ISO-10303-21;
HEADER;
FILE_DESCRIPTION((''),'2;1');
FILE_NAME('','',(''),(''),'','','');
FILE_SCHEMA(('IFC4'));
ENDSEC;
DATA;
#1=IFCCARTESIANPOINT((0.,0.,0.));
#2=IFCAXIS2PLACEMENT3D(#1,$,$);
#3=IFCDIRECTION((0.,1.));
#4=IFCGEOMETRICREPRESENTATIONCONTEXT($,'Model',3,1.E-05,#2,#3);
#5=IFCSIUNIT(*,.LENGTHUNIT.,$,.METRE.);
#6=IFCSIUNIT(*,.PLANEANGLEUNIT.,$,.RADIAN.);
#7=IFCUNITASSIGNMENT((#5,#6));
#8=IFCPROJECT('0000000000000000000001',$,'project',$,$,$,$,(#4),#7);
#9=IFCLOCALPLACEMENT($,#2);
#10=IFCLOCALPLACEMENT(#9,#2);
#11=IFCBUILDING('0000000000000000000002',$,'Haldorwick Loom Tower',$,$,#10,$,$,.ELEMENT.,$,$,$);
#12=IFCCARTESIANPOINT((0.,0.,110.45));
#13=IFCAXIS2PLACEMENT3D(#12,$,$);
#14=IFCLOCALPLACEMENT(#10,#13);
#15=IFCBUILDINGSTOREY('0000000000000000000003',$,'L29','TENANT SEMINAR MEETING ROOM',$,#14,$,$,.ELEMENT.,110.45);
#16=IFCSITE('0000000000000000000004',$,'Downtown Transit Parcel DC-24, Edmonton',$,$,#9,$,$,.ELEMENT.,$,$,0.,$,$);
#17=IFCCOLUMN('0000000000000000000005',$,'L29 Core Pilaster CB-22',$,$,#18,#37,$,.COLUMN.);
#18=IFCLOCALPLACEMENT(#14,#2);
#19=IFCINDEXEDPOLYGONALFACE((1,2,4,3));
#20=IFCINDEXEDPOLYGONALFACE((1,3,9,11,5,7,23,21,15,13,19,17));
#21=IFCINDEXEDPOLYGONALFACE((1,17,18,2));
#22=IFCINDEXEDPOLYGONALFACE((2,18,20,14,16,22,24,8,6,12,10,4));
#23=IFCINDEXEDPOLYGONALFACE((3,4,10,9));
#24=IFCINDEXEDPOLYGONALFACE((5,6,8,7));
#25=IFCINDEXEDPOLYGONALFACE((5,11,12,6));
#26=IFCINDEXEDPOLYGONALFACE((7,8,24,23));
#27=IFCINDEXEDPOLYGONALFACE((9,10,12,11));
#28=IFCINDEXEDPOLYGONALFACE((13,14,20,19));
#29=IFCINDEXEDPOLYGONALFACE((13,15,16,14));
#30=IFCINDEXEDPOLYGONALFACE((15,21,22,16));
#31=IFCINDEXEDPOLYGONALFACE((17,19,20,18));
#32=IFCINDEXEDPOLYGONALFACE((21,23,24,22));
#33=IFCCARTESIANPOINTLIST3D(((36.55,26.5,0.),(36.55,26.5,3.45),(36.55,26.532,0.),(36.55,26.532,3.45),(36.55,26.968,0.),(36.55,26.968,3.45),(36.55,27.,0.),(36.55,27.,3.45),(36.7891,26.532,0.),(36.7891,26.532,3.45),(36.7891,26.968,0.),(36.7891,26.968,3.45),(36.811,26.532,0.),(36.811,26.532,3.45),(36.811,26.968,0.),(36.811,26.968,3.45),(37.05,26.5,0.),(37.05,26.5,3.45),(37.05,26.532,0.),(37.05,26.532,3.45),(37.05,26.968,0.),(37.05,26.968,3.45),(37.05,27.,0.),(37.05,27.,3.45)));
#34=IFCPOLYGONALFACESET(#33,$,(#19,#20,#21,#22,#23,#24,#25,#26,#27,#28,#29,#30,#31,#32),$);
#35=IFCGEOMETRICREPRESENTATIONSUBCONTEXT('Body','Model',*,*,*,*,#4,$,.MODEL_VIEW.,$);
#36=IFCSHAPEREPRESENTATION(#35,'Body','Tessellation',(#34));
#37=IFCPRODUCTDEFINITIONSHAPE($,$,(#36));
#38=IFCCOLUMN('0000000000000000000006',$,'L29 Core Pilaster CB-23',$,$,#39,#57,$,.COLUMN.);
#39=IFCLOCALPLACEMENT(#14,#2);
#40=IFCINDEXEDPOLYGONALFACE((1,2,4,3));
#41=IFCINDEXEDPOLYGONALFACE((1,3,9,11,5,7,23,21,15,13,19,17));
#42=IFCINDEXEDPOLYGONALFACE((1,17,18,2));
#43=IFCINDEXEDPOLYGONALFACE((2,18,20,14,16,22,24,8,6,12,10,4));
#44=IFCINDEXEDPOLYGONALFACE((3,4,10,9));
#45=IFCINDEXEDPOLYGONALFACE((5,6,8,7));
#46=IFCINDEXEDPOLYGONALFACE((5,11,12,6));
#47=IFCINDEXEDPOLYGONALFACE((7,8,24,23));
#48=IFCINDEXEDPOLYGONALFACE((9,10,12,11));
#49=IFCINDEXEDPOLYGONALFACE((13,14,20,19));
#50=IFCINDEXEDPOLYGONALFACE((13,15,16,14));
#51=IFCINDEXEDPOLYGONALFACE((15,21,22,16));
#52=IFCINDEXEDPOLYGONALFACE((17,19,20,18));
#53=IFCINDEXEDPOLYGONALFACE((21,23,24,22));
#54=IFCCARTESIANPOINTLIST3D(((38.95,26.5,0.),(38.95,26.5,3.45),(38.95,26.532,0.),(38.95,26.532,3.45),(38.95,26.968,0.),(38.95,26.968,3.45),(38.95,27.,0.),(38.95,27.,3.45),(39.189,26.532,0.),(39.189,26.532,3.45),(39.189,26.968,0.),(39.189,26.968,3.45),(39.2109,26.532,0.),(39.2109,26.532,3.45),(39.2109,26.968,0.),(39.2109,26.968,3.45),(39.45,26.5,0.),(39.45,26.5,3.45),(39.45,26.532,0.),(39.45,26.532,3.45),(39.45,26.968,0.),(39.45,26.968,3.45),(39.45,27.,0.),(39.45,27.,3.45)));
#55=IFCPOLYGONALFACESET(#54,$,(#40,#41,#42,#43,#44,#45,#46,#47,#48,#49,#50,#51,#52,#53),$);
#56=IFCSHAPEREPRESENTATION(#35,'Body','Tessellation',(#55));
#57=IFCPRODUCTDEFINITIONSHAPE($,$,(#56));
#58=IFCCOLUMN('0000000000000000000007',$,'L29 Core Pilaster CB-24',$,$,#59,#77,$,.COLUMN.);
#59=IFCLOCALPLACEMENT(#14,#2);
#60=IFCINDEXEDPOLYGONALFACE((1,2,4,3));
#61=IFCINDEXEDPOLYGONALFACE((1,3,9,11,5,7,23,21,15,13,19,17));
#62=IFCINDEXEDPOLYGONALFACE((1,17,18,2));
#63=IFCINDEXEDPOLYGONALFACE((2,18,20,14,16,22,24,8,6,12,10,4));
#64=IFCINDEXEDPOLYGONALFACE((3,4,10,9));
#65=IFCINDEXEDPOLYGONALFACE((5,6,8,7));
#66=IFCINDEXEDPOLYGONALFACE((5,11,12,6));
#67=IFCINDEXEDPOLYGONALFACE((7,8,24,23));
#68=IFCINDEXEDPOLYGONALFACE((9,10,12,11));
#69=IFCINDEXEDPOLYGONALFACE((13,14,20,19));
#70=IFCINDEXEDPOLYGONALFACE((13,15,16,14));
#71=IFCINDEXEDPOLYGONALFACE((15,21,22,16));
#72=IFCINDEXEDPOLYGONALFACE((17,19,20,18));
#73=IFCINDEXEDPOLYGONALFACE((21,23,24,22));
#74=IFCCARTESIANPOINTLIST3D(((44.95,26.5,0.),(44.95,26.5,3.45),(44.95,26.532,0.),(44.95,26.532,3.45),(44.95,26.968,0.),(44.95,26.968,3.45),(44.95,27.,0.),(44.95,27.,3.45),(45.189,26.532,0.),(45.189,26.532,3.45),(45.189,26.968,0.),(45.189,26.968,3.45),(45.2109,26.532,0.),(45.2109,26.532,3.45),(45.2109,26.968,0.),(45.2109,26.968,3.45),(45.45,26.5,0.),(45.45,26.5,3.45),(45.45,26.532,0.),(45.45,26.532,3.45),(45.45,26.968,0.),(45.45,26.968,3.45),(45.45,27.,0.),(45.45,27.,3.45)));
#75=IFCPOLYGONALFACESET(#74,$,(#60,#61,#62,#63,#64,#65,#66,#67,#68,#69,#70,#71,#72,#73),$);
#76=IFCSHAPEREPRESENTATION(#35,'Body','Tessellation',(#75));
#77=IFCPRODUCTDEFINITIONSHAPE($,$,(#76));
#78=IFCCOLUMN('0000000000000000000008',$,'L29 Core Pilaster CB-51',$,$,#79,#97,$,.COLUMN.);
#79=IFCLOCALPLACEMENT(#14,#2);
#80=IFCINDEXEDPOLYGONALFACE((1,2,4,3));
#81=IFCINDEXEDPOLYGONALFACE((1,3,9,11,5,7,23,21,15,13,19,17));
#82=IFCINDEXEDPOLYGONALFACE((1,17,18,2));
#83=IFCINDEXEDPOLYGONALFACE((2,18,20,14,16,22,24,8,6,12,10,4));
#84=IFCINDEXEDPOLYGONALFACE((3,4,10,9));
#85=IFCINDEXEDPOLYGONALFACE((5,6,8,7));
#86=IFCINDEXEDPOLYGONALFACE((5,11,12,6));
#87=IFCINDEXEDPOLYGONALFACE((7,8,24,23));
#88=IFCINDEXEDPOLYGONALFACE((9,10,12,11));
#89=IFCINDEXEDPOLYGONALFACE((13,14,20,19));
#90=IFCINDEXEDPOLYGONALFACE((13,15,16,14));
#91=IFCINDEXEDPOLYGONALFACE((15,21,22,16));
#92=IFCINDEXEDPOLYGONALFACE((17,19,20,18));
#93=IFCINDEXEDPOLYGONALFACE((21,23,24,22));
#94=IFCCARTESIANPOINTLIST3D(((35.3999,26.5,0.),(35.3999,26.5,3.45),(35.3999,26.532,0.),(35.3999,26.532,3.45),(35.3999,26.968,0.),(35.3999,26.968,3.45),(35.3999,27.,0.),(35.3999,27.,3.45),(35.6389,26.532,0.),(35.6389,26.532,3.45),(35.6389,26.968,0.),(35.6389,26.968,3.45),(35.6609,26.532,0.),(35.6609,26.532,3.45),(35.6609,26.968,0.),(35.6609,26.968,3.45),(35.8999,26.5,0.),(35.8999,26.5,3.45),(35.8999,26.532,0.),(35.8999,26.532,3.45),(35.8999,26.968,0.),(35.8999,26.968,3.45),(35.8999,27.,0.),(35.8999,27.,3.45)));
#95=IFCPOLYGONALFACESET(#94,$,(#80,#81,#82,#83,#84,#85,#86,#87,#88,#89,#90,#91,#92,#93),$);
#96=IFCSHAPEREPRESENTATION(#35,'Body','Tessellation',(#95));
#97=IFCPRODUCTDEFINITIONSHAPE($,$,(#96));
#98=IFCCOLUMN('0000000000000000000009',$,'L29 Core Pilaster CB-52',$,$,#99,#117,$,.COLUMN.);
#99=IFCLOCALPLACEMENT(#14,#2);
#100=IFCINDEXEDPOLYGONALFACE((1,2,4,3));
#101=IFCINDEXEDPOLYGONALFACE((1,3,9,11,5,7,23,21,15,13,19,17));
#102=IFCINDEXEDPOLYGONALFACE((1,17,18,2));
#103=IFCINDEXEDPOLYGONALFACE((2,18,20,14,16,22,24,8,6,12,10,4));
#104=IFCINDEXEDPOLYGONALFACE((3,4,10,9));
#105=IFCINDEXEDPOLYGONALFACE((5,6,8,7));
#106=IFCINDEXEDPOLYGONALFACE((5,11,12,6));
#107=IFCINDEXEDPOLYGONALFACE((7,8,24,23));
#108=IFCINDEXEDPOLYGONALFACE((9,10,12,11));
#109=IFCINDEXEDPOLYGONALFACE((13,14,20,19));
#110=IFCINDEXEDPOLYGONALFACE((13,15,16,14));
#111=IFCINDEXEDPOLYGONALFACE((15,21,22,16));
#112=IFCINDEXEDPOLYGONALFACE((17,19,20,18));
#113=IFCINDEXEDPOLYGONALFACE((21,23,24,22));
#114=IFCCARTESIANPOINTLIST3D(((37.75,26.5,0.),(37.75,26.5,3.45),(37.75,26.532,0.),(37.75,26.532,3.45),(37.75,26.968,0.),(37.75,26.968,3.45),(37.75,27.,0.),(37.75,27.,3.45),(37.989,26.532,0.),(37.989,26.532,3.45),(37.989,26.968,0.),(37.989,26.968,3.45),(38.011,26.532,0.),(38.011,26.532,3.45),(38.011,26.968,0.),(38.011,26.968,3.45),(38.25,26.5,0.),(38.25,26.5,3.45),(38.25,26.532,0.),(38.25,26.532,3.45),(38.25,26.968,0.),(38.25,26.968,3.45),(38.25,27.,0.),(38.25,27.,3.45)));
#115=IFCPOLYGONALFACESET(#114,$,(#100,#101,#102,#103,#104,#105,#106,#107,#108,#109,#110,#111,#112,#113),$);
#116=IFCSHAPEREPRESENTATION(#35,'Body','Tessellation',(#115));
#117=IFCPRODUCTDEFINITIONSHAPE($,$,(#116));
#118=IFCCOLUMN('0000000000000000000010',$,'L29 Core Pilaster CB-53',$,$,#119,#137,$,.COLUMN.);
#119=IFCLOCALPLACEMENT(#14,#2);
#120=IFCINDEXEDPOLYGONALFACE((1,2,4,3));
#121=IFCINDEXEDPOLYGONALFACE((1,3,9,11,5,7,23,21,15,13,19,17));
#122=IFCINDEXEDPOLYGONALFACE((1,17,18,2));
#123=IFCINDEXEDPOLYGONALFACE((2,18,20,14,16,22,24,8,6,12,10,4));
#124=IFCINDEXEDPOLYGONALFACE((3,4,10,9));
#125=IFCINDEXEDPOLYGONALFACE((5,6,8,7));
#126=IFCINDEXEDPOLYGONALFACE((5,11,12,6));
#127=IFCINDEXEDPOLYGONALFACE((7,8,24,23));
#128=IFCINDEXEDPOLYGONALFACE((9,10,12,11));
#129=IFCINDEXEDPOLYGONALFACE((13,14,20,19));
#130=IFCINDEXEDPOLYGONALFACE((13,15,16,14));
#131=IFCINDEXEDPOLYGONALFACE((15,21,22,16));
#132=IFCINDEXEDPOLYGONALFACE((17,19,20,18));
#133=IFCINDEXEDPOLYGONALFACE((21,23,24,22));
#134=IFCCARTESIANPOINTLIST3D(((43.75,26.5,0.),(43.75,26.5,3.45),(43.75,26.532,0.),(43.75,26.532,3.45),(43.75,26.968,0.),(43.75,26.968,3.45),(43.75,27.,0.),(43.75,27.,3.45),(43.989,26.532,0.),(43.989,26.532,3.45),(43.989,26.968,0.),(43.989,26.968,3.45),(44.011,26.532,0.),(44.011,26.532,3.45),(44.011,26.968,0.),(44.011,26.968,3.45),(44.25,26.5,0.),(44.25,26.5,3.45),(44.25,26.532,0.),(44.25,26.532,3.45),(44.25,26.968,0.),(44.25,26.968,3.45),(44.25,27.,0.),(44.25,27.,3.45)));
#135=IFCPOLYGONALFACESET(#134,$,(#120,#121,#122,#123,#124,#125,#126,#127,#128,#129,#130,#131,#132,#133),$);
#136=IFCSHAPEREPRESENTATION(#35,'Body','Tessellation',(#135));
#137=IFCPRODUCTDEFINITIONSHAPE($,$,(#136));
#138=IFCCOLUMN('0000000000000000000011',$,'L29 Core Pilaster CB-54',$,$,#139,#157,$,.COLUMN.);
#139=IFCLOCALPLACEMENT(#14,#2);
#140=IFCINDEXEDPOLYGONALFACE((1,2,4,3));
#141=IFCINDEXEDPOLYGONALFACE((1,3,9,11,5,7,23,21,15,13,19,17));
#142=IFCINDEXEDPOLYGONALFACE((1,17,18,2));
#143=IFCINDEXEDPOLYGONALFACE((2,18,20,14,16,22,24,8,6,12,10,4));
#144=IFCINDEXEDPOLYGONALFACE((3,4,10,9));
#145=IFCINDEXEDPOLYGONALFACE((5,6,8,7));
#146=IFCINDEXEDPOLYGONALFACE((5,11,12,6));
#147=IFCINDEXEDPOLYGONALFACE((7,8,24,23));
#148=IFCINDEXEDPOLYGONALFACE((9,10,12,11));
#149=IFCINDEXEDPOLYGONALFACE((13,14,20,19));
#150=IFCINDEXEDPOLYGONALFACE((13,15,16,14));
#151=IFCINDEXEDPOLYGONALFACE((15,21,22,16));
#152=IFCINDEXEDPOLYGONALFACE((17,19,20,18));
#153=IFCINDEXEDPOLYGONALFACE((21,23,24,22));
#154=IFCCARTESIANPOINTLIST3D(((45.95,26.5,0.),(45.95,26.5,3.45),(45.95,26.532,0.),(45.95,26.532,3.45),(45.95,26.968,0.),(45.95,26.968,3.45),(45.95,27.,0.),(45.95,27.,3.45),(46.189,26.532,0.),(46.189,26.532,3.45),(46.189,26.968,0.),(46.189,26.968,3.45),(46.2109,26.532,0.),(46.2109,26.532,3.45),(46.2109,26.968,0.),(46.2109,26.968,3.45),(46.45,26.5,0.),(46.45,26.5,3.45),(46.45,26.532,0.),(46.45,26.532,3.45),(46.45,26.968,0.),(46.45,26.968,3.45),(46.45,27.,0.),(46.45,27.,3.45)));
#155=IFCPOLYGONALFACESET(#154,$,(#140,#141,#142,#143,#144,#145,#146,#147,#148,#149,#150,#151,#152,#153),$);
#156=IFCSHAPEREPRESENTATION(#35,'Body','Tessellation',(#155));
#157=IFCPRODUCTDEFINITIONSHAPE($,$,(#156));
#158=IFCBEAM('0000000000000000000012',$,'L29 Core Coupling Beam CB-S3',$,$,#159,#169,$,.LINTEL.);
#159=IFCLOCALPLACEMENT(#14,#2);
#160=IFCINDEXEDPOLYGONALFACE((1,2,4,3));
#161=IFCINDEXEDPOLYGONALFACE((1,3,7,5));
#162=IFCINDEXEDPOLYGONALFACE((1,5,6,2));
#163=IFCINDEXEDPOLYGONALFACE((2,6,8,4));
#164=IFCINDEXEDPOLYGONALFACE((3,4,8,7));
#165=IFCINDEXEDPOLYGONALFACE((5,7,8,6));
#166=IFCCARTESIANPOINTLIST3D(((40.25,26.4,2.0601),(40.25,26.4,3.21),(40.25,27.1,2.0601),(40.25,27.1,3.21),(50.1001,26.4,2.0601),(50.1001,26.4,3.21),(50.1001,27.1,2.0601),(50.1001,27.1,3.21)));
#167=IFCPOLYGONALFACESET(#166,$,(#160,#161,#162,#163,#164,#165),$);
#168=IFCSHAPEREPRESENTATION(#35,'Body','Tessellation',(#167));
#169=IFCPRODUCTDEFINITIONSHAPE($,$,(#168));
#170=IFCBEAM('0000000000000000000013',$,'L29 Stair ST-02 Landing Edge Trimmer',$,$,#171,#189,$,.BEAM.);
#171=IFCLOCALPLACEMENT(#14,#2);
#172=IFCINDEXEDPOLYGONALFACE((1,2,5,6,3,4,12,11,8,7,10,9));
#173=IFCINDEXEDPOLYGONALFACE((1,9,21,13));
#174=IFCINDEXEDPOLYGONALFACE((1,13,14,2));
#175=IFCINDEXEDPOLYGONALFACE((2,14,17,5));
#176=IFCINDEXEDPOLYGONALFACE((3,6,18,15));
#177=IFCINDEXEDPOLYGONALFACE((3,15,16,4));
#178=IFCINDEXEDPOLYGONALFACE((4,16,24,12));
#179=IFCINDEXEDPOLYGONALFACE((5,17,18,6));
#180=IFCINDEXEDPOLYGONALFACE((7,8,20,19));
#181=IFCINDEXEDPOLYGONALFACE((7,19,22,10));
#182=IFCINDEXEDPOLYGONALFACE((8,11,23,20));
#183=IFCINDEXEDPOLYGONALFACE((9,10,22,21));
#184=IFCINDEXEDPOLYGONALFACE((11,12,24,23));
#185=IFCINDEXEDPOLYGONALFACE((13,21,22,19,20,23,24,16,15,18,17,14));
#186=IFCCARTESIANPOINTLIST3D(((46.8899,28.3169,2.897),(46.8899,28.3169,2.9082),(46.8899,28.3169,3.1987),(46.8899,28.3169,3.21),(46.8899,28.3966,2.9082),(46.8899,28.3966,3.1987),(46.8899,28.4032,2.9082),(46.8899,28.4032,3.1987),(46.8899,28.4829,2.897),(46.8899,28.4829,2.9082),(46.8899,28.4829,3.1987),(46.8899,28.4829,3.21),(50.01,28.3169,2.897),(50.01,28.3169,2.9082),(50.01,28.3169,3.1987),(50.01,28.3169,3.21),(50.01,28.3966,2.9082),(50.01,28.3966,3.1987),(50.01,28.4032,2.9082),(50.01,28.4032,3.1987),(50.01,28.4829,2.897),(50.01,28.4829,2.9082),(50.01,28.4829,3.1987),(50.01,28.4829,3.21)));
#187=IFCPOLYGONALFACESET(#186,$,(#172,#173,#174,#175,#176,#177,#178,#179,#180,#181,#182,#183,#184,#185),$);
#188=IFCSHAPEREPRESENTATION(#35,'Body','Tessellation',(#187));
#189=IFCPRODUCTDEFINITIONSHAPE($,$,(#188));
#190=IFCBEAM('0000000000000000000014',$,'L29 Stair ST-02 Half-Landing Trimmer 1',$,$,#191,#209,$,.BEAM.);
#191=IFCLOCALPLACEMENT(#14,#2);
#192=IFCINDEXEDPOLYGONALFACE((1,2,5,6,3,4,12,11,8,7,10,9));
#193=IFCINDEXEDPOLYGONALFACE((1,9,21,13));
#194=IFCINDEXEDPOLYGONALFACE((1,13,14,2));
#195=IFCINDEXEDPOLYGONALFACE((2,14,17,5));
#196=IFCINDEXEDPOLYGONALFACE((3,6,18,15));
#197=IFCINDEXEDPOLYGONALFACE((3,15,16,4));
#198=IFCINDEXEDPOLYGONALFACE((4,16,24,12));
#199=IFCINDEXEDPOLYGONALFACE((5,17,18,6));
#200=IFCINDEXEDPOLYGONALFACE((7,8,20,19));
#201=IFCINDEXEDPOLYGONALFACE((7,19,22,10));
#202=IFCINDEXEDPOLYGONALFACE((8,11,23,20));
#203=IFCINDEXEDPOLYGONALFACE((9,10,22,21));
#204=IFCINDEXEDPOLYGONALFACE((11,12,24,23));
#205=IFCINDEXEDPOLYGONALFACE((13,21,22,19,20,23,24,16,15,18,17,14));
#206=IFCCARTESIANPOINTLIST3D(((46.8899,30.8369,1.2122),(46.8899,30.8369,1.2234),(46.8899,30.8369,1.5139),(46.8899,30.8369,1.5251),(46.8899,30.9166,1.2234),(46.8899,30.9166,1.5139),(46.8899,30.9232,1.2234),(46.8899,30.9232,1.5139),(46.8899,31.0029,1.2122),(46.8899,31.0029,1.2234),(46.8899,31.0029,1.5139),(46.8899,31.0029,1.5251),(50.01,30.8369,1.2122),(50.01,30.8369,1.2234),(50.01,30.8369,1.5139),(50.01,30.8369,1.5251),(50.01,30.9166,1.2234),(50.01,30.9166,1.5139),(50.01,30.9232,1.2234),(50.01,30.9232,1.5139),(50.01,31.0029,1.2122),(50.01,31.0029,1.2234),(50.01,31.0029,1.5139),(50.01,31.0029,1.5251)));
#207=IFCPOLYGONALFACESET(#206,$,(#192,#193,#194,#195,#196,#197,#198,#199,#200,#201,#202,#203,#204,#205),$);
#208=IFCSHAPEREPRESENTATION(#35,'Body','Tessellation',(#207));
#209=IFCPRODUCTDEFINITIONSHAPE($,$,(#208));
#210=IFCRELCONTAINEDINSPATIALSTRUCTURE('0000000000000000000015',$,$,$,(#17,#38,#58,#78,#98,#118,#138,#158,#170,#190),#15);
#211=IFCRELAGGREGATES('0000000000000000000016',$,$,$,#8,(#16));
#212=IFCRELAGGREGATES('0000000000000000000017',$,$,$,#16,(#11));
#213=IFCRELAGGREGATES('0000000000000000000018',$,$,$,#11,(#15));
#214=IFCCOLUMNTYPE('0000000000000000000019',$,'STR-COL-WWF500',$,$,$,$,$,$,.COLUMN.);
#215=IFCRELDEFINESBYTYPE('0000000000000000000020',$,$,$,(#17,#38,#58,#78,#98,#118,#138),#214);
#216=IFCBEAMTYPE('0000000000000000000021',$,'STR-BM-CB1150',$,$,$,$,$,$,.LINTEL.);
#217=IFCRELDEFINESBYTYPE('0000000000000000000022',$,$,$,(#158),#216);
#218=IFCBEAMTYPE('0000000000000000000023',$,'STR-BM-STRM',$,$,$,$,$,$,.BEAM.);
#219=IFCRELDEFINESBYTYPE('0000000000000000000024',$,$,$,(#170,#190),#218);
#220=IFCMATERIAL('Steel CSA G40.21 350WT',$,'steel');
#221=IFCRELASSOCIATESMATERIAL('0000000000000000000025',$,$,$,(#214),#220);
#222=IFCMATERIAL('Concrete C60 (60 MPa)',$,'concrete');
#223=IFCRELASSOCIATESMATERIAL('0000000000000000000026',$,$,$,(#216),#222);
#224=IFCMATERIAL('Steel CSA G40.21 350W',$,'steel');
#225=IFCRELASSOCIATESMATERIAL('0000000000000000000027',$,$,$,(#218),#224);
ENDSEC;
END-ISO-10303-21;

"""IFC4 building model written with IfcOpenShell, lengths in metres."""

from ifc_helpers import new_model, si_unit, direction, frame, origin, origin_2d, place, context, subcontext, project, spatial, rectangle, i_section, extrude, material, material_profile, profile_set, type_object, element, save


model = new_model("IFC4")

# Units and contexts
model_context = context("Model", 3, precision=1e-05, world=origin(), true_north=direction((0.0, 1.0)))
body_context = subcontext(model_context, "Body", "Model", "MODEL_VIEW")
ifc_project = project(units=[si_unit("LENGTHUNIT", "METRE"), si_unit("PLANEANGLEUNIT", "RADIAN")], contexts=[model_context])

# Site, building, storey
site_placement = place(None, origin())
site = spatial("IfcSite", under=ifc_project, at=site_placement, Name="Downtown Transit Parcel DC-24, Edmonton", CompositionType="ELEMENT", RefElevation=0.0)
building_placement = place(site_placement, origin())
building = spatial("IfcBuilding", under=site, at=building_placement, Name="Haldorwick Loom Tower", CompositionType="ELEMENT")
storey_placement = place(building_placement, frame((0.0, 0.0, 110.45)))
storey = spatial("IfcBuildingStorey", under=building, at=storey_placement, Name="L29", Description="TENANT SEMINAR MEETING ROOM", CompositionType="ELEMENT", Elevation=110.45)

# Columns
ifc_material_1 = material(Name="Steel CSA G40.21 350WT", Category="steel")
ifc_material_profile_1 = material_profile(ifc_material_1, i_section(OverallWidth=0.5, OverallDepth=0.5, WebThickness=0.022, FlangeThickness=0.032, at=origin_2d()), Name="WWF500X500", Category="steel")
ifc_profile_set_1 = profile_set([ifc_material_profile_1], Name="Steel CSA G40.21 350WT")
column_type = type_object("IfcColumnType", Name="STR-COL-WWF500", PredefinedType="COLUMN", material=ifc_profile_set_1)
for number, where, z_axis, x_axis, name in (
    (1, (36.8, 26.75, 0.0), (0.0, 0.0, 1.0), (1.0, 0.0, 0.0), "L29 Core Pilaster CB-22"),
    (2, (39.2, 26.75, 0.0), (0.0, 0.0, 1.0), (1.0, 0.0, 0.0), "L29 Core Pilaster CB-23"),
    (3, (45.2, 26.75, 0.0), (0.0, 0.0, 1.0), (1.0, 0.0, 0.0), "L29 Core Pilaster CB-24"),
    (4, (35.6499, 26.75, 0.0), (0.0, 0.0, 1.0), (1.0, 0.0, 0.0), "L29 Core Pilaster CB-51"),
    (5, (38.0, 26.75, 0.0), (0.0, 0.0, 1.0), (1.0, 0.0, 0.0), "L29 Core Pilaster CB-52"),
    (6, (44.0, 26.75, 0.0), (0.0, 0.0, 1.0), (1.0, 0.0, 0.0), "L29 Core Pilaster CB-53"),
    (7, (46.2, 26.75, 0.0), (0.0, 0.0, 1.0), (1.0, 0.0, 0.0), "L29 Core Pilaster CB-54"),
):
    element("IfcColumn", number, at=place(storey_placement, frame(where, z_axis=z_axis, x_axis=x_axis)), inside=storey, type_object=column_type, Name=name, PredefinedType="COLUMN", context=body_context, shape_type="SweptSolid", body=[
        extrude(i_section(OverallWidth=0.5, OverallDepth=0.5, WebThickness=0.022, FlangeThickness=0.032, at=origin_2d()), origin(), (0.0, 0.0, 1.0), 3.45),
    ])

# Beams
ifc_material_2 = material(Name="Concrete C60 (60 MPa)", Category="concrete")
ifc_material_profile_2 = material_profile(ifc_material_2, rectangle(XDim=0.7, YDim=1.1499, at=origin_2d()), Name="RC700X1150", Category="concrete")
ifc_profile_set_2 = profile_set([ifc_material_profile_2], Name="Concrete C60 (60 MPa)")
beam_type_1 = type_object("IfcBeamType", Name="STR-BM-CB1150", PredefinedType="LINTEL", material=ifc_profile_set_2)
beam_placement = place(storey_placement, frame((40.25, 26.75, 2.635), z_axis=(1.0, 0.0, 0.0), x_axis=(0.0, 1.0, 0.0)))
element("IfcBeam", 8, at=beam_placement, inside=storey, type_object=beam_type_1, Name="L29 Core Coupling Beam CB-S3", PredefinedType="LINTEL", context=body_context, shape_type="SweptSolid", body=[
    extrude(rectangle(XDim=0.7, YDim=1.1499, at=origin_2d()), origin(), (0.0, 0.0, 1.0), 9.8501),
])
ifc_material_3 = material(Name="Steel CSA G40.21 350W", Category="steel")
ifc_material_profile_3 = material_profile(ifc_material_3, i_section(OverallWidth=0.166, OverallDepth=0.313, WebThickness=0.0066, FlangeThickness=0.0112, at=origin_2d()), Name="W310X45", Category="steel")
ifc_profile_set_3 = profile_set([ifc_material_profile_3], Name="Steel CSA G40.21 350W")
beam_type_2 = type_object("IfcBeamType", Name="STR-BM-STRM", PredefinedType="BEAM", material=ifc_profile_set_3)
for number, where, z_axis, x_axis, name in (
    (9, (46.8899, 28.3999, 3.0535), (1.0, 0.0, 0.0), (0.0, 1.0, 0.0), "L29 Stair ST-02 Landing Edge Trimmer"),
    (10, (46.8899, 30.9199, 1.3687), (1.0, 0.0, 0.0), (0.0, 1.0, 0.0), "L29 Stair ST-02 Half-Landing Trimmer 1"),
):
    element("IfcBeam", number, at=place(storey_placement, frame(where, z_axis=z_axis, x_axis=x_axis)), inside=storey, type_object=beam_type_2, Name=name, PredefinedType="BEAM", context=body_context, shape_type="SweptSolid", body=[
        extrude(i_section(OverallWidth=0.166, OverallDepth=0.313, WebThickness=0.0066, FlangeThickness=0.0112, at=origin_2d()), origin(), (0.0, 0.0, 1.0), 3.1201),
    ])

save(model, "model.ifc")
